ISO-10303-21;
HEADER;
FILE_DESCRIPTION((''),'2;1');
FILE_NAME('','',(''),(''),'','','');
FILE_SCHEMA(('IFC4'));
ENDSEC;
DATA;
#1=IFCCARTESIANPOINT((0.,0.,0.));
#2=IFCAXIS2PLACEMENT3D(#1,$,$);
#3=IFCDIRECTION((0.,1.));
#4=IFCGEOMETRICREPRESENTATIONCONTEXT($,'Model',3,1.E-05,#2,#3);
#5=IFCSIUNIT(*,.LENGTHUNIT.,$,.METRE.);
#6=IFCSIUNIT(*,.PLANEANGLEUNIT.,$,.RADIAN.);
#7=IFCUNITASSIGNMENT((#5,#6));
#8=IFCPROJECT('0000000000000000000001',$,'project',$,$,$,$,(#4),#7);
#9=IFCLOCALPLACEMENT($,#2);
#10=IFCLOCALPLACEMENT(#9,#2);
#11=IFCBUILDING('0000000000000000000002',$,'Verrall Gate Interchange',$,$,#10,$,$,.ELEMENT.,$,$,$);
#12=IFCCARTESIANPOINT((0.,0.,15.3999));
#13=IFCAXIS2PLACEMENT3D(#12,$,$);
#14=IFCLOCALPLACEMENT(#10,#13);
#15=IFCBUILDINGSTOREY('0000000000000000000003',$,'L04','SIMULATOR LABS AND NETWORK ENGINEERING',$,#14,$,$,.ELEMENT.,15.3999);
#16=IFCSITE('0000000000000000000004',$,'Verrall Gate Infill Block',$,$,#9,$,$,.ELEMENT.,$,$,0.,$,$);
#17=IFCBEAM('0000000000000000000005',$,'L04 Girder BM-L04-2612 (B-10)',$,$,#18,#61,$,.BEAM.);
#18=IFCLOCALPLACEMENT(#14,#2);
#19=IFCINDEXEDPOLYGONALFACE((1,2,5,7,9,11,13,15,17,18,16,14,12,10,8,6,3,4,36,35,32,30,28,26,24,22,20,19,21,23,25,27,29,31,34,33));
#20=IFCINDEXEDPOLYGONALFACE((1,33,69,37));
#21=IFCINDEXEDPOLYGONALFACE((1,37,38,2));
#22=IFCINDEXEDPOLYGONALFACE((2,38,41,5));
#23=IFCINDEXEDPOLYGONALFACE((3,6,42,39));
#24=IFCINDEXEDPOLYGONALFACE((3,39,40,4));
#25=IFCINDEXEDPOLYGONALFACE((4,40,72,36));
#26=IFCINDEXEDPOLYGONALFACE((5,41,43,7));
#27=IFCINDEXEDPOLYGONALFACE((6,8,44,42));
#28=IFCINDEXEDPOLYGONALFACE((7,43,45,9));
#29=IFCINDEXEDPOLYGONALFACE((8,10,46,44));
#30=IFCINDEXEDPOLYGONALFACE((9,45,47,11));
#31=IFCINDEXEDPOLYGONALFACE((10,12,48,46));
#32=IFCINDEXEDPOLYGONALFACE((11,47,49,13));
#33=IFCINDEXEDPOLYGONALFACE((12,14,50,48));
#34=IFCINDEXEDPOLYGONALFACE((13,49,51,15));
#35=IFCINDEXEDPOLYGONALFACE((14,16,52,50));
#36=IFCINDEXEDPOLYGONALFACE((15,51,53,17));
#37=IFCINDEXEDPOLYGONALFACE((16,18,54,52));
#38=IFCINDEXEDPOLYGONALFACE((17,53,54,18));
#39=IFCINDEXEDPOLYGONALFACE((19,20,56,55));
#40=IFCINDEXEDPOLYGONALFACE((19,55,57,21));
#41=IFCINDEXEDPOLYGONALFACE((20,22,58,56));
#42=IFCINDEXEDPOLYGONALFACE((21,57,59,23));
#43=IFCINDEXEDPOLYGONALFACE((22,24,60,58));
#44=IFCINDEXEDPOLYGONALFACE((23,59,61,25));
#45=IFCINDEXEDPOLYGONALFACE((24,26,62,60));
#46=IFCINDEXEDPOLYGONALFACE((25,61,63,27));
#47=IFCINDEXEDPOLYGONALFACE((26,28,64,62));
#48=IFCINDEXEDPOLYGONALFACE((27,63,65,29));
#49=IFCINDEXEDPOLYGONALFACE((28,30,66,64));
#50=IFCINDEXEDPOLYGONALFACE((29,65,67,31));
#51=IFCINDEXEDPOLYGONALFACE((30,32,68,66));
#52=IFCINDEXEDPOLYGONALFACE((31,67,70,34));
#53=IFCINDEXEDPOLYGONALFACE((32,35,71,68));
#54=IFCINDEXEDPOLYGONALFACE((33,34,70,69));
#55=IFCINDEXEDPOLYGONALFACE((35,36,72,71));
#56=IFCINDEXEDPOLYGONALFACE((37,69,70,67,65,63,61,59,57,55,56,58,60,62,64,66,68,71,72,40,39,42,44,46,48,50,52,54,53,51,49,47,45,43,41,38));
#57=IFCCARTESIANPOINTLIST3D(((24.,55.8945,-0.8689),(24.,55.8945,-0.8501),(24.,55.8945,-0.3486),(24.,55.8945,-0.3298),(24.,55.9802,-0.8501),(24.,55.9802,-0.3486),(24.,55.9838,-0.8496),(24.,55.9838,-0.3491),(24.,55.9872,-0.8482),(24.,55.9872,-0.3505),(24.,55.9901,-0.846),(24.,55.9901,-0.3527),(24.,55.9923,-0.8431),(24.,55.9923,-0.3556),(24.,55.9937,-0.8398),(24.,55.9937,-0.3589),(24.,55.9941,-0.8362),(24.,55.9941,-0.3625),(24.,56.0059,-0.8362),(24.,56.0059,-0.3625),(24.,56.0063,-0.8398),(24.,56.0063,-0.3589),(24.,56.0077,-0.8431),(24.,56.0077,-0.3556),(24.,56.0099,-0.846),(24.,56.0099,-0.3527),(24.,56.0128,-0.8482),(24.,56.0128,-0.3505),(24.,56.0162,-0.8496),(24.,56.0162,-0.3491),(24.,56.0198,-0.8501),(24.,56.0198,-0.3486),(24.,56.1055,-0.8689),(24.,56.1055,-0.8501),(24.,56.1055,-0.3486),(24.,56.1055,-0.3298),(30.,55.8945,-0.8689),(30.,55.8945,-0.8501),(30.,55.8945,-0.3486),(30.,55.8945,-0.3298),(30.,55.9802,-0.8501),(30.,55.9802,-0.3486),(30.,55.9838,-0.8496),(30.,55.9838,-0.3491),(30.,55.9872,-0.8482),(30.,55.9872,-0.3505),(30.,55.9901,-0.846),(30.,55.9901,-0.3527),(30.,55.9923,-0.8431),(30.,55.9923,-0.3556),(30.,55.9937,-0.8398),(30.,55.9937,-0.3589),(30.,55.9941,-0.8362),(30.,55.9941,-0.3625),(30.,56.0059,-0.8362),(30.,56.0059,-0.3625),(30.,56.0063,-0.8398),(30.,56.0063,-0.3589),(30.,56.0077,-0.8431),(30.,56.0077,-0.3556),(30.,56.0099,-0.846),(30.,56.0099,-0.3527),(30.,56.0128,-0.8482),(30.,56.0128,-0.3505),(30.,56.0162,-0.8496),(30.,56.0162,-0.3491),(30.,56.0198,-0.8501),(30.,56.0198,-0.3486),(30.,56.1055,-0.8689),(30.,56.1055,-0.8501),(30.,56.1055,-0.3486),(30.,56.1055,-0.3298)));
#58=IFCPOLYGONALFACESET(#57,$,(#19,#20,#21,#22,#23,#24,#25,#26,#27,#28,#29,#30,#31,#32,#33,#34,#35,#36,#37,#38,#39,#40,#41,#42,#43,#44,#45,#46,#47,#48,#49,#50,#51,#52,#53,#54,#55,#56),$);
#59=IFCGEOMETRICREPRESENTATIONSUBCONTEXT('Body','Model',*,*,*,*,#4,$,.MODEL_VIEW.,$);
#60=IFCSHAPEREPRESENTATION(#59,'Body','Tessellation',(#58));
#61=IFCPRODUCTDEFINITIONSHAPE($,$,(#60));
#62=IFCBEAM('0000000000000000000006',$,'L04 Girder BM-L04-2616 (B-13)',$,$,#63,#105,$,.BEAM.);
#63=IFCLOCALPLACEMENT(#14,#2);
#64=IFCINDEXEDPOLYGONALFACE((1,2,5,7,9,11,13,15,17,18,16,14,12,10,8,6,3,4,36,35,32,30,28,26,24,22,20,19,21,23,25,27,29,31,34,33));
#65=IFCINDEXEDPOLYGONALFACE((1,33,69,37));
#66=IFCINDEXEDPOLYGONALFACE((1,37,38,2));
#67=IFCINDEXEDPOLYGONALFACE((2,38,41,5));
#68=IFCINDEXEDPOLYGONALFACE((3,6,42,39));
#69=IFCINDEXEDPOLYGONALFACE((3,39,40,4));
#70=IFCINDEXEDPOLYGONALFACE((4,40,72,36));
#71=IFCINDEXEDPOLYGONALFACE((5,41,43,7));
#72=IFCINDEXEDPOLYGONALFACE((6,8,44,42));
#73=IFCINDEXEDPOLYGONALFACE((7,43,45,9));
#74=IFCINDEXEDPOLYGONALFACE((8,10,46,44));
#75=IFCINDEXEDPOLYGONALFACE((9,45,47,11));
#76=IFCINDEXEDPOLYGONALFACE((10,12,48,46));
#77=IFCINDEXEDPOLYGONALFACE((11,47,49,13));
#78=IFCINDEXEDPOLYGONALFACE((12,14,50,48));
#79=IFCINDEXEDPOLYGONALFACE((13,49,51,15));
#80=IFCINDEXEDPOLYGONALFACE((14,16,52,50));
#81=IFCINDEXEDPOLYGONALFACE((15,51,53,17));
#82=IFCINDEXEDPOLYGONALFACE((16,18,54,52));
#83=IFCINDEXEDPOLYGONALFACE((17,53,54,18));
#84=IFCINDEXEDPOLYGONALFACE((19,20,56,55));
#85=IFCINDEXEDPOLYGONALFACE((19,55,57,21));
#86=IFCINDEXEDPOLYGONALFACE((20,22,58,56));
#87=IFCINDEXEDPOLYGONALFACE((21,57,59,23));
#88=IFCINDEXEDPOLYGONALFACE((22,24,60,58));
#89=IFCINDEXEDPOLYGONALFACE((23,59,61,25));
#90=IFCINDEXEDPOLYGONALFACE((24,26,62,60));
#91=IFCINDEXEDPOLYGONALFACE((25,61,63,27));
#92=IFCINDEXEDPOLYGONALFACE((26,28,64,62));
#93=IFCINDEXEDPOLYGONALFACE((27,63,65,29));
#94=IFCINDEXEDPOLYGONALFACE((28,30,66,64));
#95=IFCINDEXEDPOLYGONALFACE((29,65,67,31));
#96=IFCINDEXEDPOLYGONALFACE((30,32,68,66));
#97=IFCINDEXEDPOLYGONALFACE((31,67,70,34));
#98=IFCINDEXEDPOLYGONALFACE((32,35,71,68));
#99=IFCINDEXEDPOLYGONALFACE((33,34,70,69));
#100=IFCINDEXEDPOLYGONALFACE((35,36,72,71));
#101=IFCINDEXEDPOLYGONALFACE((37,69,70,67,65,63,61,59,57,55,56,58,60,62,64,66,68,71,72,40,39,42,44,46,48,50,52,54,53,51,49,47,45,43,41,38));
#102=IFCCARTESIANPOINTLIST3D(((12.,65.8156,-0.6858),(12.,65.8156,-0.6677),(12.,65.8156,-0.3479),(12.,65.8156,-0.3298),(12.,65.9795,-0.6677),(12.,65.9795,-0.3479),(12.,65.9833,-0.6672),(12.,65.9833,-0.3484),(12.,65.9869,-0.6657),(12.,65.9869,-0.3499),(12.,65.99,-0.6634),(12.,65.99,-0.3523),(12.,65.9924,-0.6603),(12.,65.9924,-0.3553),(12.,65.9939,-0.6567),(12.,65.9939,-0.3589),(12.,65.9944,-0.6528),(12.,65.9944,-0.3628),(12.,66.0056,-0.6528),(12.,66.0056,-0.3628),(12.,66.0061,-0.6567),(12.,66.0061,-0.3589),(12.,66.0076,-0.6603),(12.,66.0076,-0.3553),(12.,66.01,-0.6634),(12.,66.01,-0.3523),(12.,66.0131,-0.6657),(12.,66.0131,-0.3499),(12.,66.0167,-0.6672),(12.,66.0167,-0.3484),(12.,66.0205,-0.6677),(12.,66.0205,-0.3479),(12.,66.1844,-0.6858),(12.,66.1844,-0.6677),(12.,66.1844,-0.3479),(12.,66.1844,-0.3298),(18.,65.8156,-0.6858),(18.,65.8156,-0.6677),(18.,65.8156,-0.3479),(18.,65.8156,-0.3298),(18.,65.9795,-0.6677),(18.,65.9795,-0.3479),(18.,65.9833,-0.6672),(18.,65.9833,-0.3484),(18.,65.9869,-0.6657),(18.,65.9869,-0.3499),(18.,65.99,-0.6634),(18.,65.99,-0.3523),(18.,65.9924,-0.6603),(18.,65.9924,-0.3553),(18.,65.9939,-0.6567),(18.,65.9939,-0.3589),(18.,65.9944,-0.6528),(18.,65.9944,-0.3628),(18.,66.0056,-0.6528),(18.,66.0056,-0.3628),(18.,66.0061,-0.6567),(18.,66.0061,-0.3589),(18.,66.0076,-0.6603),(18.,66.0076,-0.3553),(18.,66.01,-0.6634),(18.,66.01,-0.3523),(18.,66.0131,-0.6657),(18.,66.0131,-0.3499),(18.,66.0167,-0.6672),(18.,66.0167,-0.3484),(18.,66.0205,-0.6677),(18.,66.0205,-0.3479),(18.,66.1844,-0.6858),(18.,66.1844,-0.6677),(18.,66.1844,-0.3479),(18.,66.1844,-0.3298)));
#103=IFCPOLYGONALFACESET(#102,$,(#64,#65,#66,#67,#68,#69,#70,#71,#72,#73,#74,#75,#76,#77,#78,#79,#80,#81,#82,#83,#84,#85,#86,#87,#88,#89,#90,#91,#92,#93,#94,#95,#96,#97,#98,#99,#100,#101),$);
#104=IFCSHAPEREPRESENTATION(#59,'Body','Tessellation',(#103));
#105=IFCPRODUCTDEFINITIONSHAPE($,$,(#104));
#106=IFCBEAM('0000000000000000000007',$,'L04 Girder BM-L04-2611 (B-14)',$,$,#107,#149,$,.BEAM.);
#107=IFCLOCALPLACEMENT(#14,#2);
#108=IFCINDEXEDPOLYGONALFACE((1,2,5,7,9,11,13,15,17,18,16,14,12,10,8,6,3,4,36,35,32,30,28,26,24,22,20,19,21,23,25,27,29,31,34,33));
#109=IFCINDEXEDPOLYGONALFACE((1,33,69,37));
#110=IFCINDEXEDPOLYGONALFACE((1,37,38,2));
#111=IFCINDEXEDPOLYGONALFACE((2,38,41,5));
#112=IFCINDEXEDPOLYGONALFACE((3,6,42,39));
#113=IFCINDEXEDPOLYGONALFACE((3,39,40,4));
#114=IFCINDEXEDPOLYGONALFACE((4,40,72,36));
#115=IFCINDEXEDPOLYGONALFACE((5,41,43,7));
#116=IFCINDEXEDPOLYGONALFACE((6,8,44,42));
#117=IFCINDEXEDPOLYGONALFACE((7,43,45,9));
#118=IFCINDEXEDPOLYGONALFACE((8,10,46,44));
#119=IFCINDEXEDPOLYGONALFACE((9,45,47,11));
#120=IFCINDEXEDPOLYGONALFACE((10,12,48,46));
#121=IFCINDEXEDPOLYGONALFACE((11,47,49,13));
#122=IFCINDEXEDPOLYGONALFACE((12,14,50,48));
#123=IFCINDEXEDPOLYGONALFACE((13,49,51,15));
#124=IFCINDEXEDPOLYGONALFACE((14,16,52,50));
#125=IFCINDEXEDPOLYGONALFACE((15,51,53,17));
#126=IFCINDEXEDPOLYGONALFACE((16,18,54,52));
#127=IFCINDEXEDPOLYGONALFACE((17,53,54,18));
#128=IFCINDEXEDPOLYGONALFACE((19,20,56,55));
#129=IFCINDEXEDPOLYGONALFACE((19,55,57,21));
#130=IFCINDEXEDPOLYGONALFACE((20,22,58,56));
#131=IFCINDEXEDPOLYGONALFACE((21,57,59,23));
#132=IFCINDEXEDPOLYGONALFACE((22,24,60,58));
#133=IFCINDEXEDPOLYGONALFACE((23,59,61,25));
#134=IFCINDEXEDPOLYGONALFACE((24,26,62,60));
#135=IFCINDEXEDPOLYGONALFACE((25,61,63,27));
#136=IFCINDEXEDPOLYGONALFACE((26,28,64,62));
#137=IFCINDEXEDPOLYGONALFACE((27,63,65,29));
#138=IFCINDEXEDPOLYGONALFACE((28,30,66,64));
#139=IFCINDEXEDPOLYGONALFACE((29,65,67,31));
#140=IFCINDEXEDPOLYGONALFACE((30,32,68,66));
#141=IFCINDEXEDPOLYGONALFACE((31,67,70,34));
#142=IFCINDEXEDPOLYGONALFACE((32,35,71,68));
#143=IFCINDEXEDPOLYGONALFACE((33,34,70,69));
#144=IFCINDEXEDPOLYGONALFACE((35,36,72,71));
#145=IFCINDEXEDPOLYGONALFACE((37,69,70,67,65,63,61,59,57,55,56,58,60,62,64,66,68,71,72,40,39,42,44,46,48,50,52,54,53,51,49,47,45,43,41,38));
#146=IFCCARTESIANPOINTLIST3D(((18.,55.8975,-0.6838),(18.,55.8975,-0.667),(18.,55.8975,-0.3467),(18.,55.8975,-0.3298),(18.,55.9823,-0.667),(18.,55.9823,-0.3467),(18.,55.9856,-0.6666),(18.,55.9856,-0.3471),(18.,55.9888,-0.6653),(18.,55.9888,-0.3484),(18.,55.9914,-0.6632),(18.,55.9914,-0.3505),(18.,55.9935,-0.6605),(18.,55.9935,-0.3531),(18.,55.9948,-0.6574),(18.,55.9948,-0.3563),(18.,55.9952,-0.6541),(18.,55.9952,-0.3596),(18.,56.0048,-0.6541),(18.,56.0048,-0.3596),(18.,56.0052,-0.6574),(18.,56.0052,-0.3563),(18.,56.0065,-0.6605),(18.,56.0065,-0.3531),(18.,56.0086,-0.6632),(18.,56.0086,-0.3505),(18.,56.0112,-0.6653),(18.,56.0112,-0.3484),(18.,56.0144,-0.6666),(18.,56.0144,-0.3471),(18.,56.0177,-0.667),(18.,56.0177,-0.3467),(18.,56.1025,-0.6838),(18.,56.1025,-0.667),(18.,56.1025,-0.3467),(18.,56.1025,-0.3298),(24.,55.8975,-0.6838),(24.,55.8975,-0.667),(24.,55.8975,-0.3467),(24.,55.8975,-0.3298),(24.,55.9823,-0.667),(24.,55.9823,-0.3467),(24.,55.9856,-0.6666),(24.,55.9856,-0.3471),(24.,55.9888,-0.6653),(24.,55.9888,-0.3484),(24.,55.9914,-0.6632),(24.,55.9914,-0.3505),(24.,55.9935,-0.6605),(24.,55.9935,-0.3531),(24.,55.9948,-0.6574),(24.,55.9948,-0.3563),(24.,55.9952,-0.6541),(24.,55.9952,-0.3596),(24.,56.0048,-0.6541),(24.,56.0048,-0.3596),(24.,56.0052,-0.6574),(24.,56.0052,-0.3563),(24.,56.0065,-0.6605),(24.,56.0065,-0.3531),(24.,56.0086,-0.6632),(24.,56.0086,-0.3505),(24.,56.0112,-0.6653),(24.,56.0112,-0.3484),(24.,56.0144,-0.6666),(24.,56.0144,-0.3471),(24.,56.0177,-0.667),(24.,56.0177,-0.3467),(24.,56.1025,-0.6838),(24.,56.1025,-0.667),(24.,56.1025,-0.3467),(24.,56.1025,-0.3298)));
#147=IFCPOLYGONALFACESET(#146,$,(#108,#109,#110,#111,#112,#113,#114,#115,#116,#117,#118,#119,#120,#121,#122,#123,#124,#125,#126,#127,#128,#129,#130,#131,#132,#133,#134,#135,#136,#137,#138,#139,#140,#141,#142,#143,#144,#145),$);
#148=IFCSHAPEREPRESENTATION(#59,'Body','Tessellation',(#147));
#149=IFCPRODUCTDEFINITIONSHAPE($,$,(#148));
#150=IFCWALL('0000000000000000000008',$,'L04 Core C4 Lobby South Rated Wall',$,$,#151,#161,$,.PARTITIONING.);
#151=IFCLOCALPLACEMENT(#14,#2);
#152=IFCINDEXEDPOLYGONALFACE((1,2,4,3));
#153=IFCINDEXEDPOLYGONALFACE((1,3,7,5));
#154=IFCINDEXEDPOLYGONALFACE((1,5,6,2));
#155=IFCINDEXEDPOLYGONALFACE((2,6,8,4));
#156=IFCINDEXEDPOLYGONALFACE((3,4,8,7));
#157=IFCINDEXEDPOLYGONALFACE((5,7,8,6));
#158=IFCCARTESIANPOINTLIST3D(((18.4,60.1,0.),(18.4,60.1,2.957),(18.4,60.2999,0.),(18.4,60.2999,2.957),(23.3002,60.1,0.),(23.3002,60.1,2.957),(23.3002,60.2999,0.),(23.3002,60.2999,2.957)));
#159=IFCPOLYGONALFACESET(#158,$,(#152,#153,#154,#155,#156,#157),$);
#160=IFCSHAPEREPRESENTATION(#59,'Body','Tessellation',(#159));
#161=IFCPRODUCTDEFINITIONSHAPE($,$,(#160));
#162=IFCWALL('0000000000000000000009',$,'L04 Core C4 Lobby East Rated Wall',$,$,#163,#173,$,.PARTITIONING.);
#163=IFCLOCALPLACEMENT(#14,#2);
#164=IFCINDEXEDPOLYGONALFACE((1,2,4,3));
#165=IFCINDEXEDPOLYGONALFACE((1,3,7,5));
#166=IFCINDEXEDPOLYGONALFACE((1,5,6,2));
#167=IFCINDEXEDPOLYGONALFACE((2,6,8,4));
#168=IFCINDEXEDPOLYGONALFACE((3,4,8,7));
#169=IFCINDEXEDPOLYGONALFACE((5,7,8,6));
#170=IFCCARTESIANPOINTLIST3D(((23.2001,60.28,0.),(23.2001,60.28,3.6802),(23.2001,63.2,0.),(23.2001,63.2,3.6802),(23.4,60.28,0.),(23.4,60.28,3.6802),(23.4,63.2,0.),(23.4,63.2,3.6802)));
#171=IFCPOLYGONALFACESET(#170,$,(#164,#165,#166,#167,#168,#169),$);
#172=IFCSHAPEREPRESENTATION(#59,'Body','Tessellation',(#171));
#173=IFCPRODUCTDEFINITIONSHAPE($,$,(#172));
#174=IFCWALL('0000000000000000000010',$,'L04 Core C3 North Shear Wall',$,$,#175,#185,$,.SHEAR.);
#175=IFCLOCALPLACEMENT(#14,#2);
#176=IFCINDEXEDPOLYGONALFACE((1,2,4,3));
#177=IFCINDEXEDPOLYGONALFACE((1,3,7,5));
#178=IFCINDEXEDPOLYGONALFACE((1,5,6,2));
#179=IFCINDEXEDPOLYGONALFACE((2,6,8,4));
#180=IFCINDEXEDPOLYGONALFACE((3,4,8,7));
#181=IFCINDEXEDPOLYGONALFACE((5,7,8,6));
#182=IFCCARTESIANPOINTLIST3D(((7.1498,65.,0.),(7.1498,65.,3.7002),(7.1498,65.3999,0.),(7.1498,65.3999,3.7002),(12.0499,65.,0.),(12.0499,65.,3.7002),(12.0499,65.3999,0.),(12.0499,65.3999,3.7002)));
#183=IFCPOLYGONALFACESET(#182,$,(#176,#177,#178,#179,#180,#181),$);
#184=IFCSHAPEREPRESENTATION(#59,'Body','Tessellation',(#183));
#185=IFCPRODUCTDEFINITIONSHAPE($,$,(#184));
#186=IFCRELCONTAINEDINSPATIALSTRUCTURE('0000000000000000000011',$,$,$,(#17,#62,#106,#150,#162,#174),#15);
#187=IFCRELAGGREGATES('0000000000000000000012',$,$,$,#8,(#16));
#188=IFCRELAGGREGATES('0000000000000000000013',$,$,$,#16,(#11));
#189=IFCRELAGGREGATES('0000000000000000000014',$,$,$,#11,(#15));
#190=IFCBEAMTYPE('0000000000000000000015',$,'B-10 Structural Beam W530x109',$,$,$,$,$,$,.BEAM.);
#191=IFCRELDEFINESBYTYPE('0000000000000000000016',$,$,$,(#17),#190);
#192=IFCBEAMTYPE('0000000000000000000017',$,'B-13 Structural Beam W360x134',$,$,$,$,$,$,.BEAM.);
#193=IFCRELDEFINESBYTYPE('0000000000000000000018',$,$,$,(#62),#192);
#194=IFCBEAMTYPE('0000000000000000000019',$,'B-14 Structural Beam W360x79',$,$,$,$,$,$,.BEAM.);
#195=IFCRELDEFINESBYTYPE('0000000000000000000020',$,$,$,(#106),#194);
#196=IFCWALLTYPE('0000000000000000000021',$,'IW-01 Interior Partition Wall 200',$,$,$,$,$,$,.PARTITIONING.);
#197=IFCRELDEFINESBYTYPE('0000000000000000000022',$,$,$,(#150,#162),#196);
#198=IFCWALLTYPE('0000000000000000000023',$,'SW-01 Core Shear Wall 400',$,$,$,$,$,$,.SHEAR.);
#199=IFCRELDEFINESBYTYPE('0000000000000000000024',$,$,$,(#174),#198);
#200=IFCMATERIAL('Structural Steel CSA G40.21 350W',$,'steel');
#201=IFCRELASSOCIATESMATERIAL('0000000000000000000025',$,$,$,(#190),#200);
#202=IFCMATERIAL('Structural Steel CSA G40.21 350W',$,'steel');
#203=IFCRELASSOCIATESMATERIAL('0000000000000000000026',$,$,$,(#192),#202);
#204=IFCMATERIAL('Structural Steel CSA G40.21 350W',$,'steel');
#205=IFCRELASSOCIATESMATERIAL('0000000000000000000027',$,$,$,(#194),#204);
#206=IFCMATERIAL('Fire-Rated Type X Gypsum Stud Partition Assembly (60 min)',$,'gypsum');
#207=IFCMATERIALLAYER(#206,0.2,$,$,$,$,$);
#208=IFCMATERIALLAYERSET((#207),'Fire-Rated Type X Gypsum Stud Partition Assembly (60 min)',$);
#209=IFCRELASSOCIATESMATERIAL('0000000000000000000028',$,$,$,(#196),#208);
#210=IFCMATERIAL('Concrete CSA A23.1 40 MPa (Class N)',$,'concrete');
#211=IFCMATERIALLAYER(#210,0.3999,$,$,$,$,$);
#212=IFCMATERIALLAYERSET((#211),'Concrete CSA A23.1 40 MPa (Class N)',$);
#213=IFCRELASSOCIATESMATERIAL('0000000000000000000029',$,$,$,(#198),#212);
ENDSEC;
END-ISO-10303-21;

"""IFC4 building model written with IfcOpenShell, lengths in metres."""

from ifc_helpers import new_model, si_unit, direction, frame, frame_2d, origin, origin_2d, place, context, subcontext, project, spatial, rectangle, i_section, extrude, material, layer, layer_set, material_profile, profile_set, type_object, element, save


model = new_model("IFC4")

# Units and contexts
model_context = context("Model", 3, precision=1e-05, world=origin(), true_north=direction((0.0, 1.0)))
body_context = subcontext(model_context, "Body", "Model", "MODEL_VIEW")
ifc_project = project(units=[si_unit("LENGTHUNIT", "METRE"), si_unit("PLANEANGLEUNIT", "RADIAN")], contexts=[model_context])

# Site, building, storey
site_placement = place(None, origin())
site = spatial("IfcSite", under=ifc_project, at=site_placement, Name="Verrall Gate Infill Block", CompositionType="ELEMENT", RefElevation=0.0)
building_placement = place(site_placement, origin())
building = spatial("IfcBuilding", under=site, at=building_placement, Name="Verrall Gate Interchange", CompositionType="ELEMENT")
storey_placement = place(building_placement, frame((0.0, 0.0, 15.3999)))
storey = spatial("IfcBuildingStorey", under=building, at=storey_placement, Name="L04", Description="SIMULATOR LABS AND NETWORK ENGINEERING", CompositionType="ELEMENT", Elevation=15.3999)

# Beams
ifc_material_1 = material(Name="Structural Steel CSA G40.21 350W", Category="steel")
ifc_material_profile_1 = material_profile(ifc_material_1, i_section(OverallWidth=0.2109, OverallDepth=0.5391, WebThickness=0.0117, FlangeThickness=0.0188, FilletRadius=0.0139, at=origin_2d()), Name="W530x109")
ifc_profile_set_1 = profile_set([ifc_material_profile_1], Name="Structural Steel CSA G40.21 350W")
beam_type_1 = type_object("IfcBeamType", Name="B-10 Structural Beam W530x109", PredefinedType="BEAM", material=ifc_profile_set_1)
beam_1_placement = place(storey_placement, frame((24.0, 56.0, -0.5994), z_axis=(1.0, 0.0, 0.0), x_axis=(0.0, 1.0, 0.0)))
element("IfcBeam", 1, at=beam_1_placement, inside=storey, type_object=beam_type_1, Name="L04 Girder BM-L04-2612 (B-10)", PredefinedType="BEAM", context=body_context, shape_type="SweptSolid", body=[
    extrude(i_section(OverallWidth=0.2109, OverallDepth=0.5391, WebThickness=0.0117, FlangeThickness=0.0188, FilletRadius=0.0139, at=origin_2d()), origin(), (0.0, 0.0, 1.0), 6.0),
])
ifc_material_2 = material(Name="Structural Steel CSA G40.21 350W", Category="steel")
ifc_material_profile_2 = material_profile(ifc_material_2, i_section(OverallWidth=0.3689, OverallDepth=0.356, WebThickness=0.0112, FlangeThickness=0.0181, FilletRadius=0.0149, at=origin_2d()), Name="W360x134")
ifc_profile_set_2 = profile_set([ifc_material_profile_2], Name="Structural Steel CSA G40.21 350W")
beam_type_2 = type_object("IfcBeamType", Name="B-13 Structural Beam W360x134", PredefinedType="BEAM", material=ifc_profile_set_2)
beam_2_placement = place(storey_placement, frame((12.0, 66.0, -0.5078), z_axis=(1.0, 0.0, 0.0), x_axis=(0.0, 1.0, 0.0)))
element("IfcBeam", 2, at=beam_2_placement, inside=storey, type_object=beam_type_2, Name="L04 Girder BM-L04-2616 (B-13)", PredefinedType="BEAM", context=body_context, shape_type="SweptSolid", body=[
    extrude(i_section(OverallWidth=0.3689, OverallDepth=0.356, WebThickness=0.0112, FlangeThickness=0.0181, FilletRadius=0.0149, at=origin_2d()), origin(), (0.0, 0.0, 1.0), 6.0),
])
ifc_material_3 = material(Name="Structural Steel CSA G40.21 350W", Category="steel")
ifc_material_profile_3 = material_profile(ifc_material_3, i_section(OverallWidth=0.2051, OverallDepth=0.354, WebThickness=0.0095, FlangeThickness=0.0168, FilletRadius=0.0129, at=origin_2d()), Name="W360x79")
ifc_profile_set_3 = profile_set([ifc_material_profile_3], Name="Structural Steel CSA G40.21 350W")
beam_type_3 = type_object("IfcBeamType", Name="B-14 Structural Beam W360x79", PredefinedType="BEAM", material=ifc_profile_set_3)
beam_3_placement = place(storey_placement, frame((18.0, 56.0, -0.5068), z_axis=(1.0, 0.0, 0.0), x_axis=(0.0, 1.0, 0.0)))
element("IfcBeam", 3, at=beam_3_placement, inside=storey, type_object=beam_type_3, Name="L04 Girder BM-L04-2611 (B-14)", PredefinedType="BEAM", context=body_context, shape_type="SweptSolid", body=[
    extrude(i_section(OverallWidth=0.2051, OverallDepth=0.354, WebThickness=0.0095, FlangeThickness=0.0168, FilletRadius=0.0129, at=origin_2d()), origin(), (0.0, 0.0, 1.0), 6.0),
])

# Wall
ifc_material_4 = material(Name="Fire-Rated Type X Gypsum Stud Partition Assembly (60 min)", Category="gypsum")
ifc_layer_1 = layer(ifc_material_4, 0.2)
ifc_layer_set_1 = layer_set([ifc_layer_1], Name="Fire-Rated Type X Gypsum Stud Partition Assembly (60 min)")
wall_type_1 = type_object("IfcWallType", Name="IW-01 Interior Partition Wall 200", PredefinedType="PARTITIONING", material=ifc_layer_set_1)
wall_1_placement = place(storey_placement, frame((18.3999, 60.2, 0.0), z_axis=(0.0, 0.0, 1.0), x_axis=(1.0, 0.0, 0.0)))
element("IfcWall", 4, at=wall_1_placement, inside=storey, type_object=wall_type_1, Name="L04 Core C4 Lobby South Rated Wall", PredefinedType="PARTITIONING", context=body_context, shape_type="SweptSolid", body=[
    extrude(rectangle(XDim=4.9001, YDim=0.2, at=frame_2d((2.4502, 0.0))), origin(), (0.0, 0.0, 1.0), 2.957),
])

# Walls
wall_2_placement = place(storey_placement, frame((23.3, 60.28, 0.0), z_axis=(0.0, 0.0, 1.0), x_axis=(0.0, 1.0, 0.0)))
element("IfcWall", 5, at=wall_2_placement, inside=storey, type_object=wall_type_1, Name="L04 Core C4 Lobby East Rated Wall", PredefinedType="PARTITIONING", context=body_context, shape_type="SweptSolid", body=[
    extrude(rectangle(XDim=2.9199, YDim=0.2, at=frame_2d((1.46, 0.0))), origin(), (0.0, 0.0, 1.0), 3.6802),
])
ifc_material_5 = material(Name="Concrete CSA A23.1 40 MPa (Class N)", Category="concrete")
ifc_layer_2 = layer(ifc_material_5, 0.3999)
ifc_layer_set_2 = layer_set([ifc_layer_2], Name="Concrete CSA A23.1 40 MPa (Class N)")
wall_type_2 = type_object("IfcWallType", Name="SW-01 Core Shear Wall 400", PredefinedType="SHEAR", material=ifc_layer_set_2)
wall_3_placement = place(storey_placement, frame((12.05, 65.2, 0.0), z_axis=(0.0, 0.0, 1.0), x_axis=(-1.0, 0.0, 0.0)))
element("IfcWall", 6, at=wall_3_placement, inside=storey, type_object=wall_type_2, Name="L04 Core C3 North Shear Wall", PredefinedType="SHEAR", context=body_context, shape_type="SweptSolid", body=[
    extrude(rectangle(XDim=4.9001, YDim=0.3999, at=frame_2d((2.4502, 0.0))), origin(), (0.0, 0.0, 1.0), 3.7002),
])

save(model, "model.ifc")
